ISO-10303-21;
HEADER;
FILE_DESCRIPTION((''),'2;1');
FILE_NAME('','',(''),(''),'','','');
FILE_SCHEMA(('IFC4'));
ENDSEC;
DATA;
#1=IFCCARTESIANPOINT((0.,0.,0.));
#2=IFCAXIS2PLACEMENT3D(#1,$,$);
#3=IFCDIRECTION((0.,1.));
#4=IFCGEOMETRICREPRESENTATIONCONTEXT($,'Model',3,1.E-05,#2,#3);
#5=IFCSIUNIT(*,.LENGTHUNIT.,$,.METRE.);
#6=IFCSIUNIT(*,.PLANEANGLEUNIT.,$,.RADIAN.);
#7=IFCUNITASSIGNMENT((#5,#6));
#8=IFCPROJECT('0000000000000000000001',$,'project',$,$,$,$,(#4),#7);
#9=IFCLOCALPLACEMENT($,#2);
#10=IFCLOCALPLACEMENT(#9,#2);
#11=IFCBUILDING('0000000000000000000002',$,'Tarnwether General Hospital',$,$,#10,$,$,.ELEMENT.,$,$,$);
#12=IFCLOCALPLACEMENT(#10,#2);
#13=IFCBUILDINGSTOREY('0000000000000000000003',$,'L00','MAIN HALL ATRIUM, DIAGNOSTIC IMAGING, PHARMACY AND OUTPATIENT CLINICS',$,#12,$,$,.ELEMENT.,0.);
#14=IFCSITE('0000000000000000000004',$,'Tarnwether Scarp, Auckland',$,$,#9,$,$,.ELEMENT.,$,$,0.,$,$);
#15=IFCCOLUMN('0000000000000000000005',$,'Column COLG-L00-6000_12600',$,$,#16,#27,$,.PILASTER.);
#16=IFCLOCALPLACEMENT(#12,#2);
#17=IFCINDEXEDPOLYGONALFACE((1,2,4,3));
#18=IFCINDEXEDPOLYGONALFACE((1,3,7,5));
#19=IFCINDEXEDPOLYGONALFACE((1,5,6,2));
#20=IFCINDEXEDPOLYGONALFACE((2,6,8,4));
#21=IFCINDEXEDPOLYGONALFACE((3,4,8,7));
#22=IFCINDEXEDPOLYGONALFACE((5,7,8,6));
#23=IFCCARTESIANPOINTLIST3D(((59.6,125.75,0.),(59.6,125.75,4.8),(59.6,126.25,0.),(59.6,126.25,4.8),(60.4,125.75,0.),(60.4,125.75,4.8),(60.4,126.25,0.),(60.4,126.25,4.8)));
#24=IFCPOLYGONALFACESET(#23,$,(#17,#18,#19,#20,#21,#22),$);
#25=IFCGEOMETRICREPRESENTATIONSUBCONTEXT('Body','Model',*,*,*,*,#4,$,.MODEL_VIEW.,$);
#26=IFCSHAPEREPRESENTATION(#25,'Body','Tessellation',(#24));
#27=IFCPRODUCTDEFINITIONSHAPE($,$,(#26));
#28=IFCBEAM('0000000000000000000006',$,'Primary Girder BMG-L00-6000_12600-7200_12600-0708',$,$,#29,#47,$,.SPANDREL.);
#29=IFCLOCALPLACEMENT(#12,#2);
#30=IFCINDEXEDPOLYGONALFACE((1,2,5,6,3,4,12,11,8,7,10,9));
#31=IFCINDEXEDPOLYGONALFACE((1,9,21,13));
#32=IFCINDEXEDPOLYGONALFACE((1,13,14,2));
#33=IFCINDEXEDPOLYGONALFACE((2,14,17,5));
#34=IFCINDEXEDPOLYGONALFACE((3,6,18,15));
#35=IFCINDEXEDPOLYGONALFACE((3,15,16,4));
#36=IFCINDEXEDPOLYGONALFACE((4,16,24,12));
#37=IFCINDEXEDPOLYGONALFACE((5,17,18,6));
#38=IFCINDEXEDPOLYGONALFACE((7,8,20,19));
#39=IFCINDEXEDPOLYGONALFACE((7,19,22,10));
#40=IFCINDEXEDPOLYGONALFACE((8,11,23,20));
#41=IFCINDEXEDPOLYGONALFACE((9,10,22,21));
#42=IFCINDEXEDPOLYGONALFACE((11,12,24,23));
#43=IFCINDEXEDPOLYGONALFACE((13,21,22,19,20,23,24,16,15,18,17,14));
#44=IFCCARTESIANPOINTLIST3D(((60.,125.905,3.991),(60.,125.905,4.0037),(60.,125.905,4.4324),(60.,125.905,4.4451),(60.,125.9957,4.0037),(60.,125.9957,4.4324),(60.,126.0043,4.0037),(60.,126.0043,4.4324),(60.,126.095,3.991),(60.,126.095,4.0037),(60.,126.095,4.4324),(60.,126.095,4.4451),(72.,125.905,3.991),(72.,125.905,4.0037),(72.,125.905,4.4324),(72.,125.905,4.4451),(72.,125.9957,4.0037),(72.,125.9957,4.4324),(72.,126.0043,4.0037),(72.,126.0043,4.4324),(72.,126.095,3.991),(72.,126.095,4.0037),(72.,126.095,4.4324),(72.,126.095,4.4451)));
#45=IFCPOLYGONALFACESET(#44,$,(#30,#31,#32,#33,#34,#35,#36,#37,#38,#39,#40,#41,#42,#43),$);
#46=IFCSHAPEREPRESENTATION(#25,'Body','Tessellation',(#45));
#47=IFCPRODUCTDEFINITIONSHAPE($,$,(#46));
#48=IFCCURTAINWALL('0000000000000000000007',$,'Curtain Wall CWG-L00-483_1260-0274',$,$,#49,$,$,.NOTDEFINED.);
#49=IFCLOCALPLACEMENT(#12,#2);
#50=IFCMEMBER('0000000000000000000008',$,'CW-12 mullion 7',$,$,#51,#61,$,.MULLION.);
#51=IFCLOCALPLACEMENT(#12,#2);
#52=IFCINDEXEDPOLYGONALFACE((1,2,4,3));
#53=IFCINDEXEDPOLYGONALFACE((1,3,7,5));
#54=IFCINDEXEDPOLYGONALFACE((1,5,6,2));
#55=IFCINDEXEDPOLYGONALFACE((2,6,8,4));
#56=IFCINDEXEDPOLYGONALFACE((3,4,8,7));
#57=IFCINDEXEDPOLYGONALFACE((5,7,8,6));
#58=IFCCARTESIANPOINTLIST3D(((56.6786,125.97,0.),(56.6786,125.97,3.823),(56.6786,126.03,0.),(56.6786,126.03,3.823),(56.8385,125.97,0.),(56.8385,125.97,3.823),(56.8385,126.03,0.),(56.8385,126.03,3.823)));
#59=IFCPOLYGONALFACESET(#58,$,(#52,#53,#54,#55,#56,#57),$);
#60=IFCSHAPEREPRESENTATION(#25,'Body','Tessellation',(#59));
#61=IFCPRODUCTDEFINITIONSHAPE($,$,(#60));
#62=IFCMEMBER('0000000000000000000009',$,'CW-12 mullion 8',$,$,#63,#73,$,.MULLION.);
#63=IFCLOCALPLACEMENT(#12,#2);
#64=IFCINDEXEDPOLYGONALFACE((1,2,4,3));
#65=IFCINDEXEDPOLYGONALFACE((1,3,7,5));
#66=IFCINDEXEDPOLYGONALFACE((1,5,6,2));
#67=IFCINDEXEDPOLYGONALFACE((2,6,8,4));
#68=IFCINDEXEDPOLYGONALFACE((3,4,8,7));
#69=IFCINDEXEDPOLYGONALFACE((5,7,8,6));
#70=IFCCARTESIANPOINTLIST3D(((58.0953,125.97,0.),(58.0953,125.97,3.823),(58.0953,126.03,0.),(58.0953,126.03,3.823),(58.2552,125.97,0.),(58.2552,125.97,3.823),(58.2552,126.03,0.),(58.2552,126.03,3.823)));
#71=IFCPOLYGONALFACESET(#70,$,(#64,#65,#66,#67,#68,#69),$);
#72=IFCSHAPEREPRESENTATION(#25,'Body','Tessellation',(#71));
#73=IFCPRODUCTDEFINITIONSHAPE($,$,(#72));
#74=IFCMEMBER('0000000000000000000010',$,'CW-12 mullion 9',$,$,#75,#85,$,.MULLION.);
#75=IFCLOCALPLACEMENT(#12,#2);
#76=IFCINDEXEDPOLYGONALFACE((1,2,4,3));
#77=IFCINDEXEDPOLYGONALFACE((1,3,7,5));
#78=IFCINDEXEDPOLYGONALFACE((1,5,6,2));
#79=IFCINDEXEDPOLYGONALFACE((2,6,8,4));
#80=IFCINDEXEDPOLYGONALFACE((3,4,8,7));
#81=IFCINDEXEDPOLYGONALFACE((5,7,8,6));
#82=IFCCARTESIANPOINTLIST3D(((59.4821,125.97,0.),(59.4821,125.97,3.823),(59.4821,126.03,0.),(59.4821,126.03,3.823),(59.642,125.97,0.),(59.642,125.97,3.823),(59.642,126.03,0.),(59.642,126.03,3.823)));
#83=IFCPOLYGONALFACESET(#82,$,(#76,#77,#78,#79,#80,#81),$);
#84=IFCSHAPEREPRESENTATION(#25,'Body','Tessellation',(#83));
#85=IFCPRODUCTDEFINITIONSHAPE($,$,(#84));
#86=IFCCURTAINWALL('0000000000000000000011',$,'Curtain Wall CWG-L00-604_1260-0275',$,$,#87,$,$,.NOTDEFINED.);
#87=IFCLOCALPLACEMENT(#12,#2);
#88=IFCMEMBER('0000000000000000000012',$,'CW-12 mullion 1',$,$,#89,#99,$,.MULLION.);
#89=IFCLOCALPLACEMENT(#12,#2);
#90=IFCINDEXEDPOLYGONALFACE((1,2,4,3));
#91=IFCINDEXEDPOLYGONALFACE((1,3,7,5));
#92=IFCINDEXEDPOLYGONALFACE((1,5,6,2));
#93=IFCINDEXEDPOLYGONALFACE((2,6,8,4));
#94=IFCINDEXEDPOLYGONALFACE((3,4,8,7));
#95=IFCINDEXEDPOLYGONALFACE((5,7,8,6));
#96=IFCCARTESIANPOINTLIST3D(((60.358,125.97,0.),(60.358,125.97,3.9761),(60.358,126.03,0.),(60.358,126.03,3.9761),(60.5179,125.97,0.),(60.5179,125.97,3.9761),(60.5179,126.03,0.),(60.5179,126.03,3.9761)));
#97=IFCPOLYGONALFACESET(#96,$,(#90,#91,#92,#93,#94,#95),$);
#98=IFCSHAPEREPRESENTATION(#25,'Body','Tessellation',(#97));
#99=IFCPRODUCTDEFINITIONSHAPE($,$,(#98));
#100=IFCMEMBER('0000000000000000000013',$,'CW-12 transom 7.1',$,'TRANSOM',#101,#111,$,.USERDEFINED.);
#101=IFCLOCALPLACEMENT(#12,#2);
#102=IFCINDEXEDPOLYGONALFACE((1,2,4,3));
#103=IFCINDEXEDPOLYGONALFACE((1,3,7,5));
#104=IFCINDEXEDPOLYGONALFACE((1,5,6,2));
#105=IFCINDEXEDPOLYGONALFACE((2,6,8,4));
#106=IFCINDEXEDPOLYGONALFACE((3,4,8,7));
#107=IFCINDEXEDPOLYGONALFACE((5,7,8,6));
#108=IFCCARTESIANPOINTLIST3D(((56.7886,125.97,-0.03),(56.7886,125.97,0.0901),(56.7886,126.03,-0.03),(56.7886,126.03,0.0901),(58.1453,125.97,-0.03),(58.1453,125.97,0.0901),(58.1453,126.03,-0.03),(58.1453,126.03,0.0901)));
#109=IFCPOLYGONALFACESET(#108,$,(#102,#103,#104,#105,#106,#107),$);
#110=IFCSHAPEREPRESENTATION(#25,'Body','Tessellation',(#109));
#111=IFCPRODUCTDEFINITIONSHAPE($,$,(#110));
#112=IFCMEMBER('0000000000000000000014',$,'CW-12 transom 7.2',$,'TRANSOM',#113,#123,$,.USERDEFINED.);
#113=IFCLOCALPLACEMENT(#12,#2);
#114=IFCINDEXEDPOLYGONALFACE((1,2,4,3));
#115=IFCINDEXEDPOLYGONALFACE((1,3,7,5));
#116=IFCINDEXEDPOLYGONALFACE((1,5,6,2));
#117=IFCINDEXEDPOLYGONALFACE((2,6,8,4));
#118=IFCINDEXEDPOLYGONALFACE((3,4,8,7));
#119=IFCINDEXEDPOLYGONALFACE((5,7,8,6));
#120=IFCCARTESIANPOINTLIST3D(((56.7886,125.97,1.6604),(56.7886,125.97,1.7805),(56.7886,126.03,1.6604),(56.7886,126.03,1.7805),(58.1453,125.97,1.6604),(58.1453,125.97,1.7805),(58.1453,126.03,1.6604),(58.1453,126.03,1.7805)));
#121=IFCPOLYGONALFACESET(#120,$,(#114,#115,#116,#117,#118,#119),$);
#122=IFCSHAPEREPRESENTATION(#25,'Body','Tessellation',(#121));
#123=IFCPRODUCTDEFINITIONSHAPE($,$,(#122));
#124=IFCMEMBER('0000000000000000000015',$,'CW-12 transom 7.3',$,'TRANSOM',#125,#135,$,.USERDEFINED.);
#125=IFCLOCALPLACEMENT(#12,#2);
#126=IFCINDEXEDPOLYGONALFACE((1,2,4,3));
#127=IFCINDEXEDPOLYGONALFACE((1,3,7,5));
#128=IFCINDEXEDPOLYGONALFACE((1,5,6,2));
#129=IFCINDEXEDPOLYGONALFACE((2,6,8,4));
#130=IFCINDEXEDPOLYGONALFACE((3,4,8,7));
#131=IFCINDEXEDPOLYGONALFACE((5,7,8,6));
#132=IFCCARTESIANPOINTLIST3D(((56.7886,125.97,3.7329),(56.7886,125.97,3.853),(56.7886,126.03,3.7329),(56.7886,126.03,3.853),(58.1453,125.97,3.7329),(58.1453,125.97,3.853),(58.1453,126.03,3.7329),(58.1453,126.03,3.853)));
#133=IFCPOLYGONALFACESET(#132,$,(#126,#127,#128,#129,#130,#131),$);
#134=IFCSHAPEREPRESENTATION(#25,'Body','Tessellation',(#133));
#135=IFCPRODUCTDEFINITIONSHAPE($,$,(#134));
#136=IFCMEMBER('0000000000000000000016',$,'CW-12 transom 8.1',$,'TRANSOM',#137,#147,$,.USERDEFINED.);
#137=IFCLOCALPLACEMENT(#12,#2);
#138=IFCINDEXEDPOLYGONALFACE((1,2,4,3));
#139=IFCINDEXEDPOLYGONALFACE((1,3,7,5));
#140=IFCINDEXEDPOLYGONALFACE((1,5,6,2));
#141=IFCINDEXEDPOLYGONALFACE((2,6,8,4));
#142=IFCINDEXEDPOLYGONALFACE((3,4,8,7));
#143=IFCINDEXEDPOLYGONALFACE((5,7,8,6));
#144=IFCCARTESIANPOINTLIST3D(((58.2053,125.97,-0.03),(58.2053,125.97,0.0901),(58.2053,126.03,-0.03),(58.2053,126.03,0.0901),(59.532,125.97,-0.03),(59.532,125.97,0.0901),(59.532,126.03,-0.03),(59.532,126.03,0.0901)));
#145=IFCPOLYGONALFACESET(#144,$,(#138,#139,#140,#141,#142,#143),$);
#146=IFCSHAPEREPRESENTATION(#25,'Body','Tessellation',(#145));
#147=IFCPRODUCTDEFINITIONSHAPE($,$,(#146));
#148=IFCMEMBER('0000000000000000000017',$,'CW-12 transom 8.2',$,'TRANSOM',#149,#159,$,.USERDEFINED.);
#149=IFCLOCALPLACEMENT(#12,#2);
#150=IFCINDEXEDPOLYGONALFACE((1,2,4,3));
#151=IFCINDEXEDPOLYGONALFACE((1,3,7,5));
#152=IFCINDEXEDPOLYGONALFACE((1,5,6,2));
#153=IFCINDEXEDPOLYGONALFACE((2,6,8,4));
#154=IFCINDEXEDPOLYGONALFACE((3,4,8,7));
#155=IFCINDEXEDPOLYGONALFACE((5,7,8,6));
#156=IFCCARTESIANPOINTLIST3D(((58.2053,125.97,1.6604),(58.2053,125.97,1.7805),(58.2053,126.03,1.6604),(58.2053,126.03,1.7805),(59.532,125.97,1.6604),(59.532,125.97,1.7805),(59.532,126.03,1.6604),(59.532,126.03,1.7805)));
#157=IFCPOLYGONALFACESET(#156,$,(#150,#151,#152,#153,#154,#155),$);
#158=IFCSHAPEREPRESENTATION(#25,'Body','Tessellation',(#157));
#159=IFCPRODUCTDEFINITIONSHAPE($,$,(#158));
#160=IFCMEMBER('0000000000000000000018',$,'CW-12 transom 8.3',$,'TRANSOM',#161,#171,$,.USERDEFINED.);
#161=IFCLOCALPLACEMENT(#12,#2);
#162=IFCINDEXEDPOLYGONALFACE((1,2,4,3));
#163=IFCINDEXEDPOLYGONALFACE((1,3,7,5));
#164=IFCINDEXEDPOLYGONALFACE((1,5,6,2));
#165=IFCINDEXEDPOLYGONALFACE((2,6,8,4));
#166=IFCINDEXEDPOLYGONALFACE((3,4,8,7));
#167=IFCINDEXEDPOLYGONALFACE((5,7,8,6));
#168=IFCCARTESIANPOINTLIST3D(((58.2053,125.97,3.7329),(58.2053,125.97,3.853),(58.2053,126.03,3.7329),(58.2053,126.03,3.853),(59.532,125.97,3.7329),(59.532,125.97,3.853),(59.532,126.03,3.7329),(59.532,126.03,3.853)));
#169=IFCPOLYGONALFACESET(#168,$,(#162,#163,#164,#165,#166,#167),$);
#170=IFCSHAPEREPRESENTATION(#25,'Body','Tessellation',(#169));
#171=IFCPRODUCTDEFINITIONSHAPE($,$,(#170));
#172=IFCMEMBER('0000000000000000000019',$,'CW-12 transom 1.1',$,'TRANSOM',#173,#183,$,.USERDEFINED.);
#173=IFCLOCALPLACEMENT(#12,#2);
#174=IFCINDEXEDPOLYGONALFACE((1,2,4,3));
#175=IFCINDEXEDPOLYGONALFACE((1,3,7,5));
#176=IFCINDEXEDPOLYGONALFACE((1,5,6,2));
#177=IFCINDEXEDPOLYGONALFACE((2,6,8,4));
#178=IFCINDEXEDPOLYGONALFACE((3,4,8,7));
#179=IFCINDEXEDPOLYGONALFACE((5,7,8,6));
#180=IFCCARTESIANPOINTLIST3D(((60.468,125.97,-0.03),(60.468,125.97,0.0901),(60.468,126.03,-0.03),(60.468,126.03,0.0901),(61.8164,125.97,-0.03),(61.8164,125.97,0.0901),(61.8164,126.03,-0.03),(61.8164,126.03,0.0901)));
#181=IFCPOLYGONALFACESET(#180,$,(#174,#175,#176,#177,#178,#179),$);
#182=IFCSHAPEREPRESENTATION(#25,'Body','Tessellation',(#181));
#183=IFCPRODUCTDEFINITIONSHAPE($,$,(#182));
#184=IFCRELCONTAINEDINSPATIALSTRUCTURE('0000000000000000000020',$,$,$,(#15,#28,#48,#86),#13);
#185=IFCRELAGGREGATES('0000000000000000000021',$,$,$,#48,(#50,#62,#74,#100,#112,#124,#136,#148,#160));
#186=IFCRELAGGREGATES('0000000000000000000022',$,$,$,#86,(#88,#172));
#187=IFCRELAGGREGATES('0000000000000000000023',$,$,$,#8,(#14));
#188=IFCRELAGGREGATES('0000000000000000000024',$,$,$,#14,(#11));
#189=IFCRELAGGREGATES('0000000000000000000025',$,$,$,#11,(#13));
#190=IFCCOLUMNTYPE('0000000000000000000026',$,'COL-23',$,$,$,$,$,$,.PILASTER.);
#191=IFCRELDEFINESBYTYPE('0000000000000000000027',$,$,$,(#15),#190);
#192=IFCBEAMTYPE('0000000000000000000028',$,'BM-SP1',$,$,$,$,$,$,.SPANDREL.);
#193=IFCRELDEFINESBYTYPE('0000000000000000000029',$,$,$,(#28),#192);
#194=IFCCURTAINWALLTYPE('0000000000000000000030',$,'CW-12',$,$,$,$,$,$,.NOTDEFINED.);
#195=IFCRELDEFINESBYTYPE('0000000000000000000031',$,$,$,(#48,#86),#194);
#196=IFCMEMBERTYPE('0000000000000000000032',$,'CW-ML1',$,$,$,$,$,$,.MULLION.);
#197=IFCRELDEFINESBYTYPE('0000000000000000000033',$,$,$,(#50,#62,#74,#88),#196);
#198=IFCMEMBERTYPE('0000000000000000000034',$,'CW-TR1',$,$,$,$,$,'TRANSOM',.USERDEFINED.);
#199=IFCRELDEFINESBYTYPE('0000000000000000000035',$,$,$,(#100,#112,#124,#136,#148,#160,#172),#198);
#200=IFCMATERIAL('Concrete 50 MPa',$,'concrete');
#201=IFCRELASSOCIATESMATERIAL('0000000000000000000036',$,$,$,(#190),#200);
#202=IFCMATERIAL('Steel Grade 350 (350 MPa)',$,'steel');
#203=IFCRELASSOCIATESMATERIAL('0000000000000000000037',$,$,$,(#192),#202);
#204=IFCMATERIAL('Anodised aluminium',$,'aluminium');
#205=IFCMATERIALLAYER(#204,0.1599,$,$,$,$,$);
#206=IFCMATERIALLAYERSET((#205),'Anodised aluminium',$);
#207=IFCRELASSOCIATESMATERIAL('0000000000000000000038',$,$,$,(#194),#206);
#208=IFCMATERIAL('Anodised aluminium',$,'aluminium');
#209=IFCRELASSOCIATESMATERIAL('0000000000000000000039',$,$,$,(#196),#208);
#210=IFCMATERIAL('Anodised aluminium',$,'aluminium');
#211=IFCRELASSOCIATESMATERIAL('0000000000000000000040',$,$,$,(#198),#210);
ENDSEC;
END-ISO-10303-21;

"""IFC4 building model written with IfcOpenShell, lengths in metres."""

from ifc_helpers import new_model, si_unit, direction, frame, origin, origin_2d, place, context, subcontext, project, spatial, rectangle, i_section, extrude, material, layer, layer_set, material_profile, profile_set, type_object, element, aggregate, save


model = new_model("IFC4")

# Units and contexts
model_context = context("Model", 3, precision=1e-05, world=origin(), true_north=direction((0.0, 1.0)))
body_context = subcontext(model_context, "Body", "Model", "MODEL_VIEW")
ifc_project = project(units=[si_unit("LENGTHUNIT", "METRE"), si_unit("PLANEANGLEUNIT", "RADIAN")], contexts=[model_context])

# Site, building, storey
site_placement = place(None, origin())
site = spatial("IfcSite", under=ifc_project, at=site_placement, Name="Tarnwether Scarp, Auckland", CompositionType="ELEMENT", RefElevation=0.0)
building_placement = place(site_placement, origin())
building = spatial("IfcBuilding", under=site, at=building_placement, Name="Tarnwether General Hospital", CompositionType="ELEMENT")
storey_placement = place(building_placement, origin())
storey = spatial("IfcBuildingStorey", under=building, at=storey_placement, Name="L00", Description="MAIN HALL ATRIUM, DIAGNOSTIC IMAGING, PHARMACY AND OUTPATIENT CLINICS", CompositionType="ELEMENT", Elevation=0.0)

# Column
ifc_material_1 = material(Name="Concrete 50 MPa", Category="concrete")
ifc_material_profile_1 = material_profile(ifc_material_1, rectangle(XDim=0.5, YDim=0.8, at=origin_2d()), Name="RC-PIL-500x800")
ifc_profile_set_1 = profile_set([ifc_material_profile_1], Name="Concrete 50 MPa")
column_type = type_object("IfcColumnType", Name="COL-23", PredefinedType="PILASTER", material=ifc_profile_set_1)
column_placement = place(storey_placement, frame((60.0, 126.0, 0.0), z_axis=(0.0, 0.0, 1.0), x_axis=(0.0, 1.0, 0.0)))
element("IfcColumn", 1, at=column_placement, inside=storey, type_object=column_type, Name="Column COLG-L00-6000_12600", PredefinedType="PILASTER", context=body_context, shape_type="SweptSolid", body=[
    extrude(rectangle(XDim=0.5, YDim=0.8, at=origin_2d()), origin(), (0.0, 0.0, 1.0), 4.8),
])

# Beam
ifc_material_2 = material(Name="Steel Grade 350 (350 MPa)", Category="steel")
ifc_material_profile_2 = material_profile(ifc_material_2, i_section(OverallWidth=0.1899, OverallDepth=0.4541, WebThickness=0.0085, FlangeThickness=0.0127, at=origin_2d()), Name="460UB67.1")
ifc_profile_set_2 = profile_set([ifc_material_profile_2], Name="Steel Grade 350 (350 MPa)")
beam_type = type_object("IfcBeamType", Name="BM-SP1", PredefinedType="SPANDREL", material=ifc_profile_set_2)
beam_placement = place(storey_placement, frame((60.0, 126.0, 4.218), z_axis=(1.0, 0.0, 0.0), x_axis=(0.0, 1.0, 0.0)))
element("IfcBeam", 2, at=beam_placement, inside=storey, type_object=beam_type, Name="Primary Girder BMG-L00-6000_12600-7200_12600-0708", PredefinedType="SPANDREL", context=body_context, shape_type="SweptSolid", body=[
    extrude(i_section(OverallWidth=0.1899, OverallDepth=0.4541, WebThickness=0.0085, FlangeThickness=0.0127, at=origin_2d()), origin(), (0.0, 0.0, 1.0), 12.0),
])

# Curtain wall, members
ifc_material_3 = material(Name="Anodised aluminium", Category="aluminium")
ifc_layer_1 = layer(ifc_material_3, 0.1599)
ifc_layer_set_1 = layer_set([ifc_layer_1], Name="Anodised aluminium")
curtain_wall_type = type_object("IfcCurtainWallType", Name="CW-12", PredefinedType="NOTDEFINED", material=ifc_layer_set_1)
curtain_wall_1_placement = place(storey_placement, origin())
curtain_wall_1 = element("IfcCurtainWall", 3, at=curtain_wall_1_placement, inside=storey, type_object=curtain_wall_type, Name="Curtain Wall CWG-L00-483_1260-0274", PredefinedType="NOTDEFINED")
ifc_material_4 = material(Name="Anodised aluminium", Category="aluminium")
ifc_material_profile_3 = material_profile(ifc_material_4, rectangle(XDim=0.0601, YDim=0.1599, at=origin_2d()), Name="ALU-MUL-60x160")
ifc_profile_set_3 = profile_set([ifc_material_profile_3], Name="Anodised aluminium")
member_type_1 = type_object("IfcMemberType", Name="CW-ML1", PredefinedType="MULLION", material=ifc_profile_set_3)
member_1_placement = place(storey_placement, frame((56.7585, 126.0, 0.0), z_axis=(0.0, 0.0, 1.0), x_axis=(0.0, 1.0, 0.0)))
member_1 = element("IfcMember", 4, at=member_1_placement, type_object=member_type_1, Name="CW-12 mullion 7", PredefinedType="MULLION", context=body_context, shape_type="SweptSolid", body=[
    extrude(rectangle(XDim=0.0601, YDim=0.1599, at=origin_2d()), origin(), (0.0, 0.0, 1.0), 3.823),
])
member_2_placement = place(storey_placement, frame((58.1753, 126.0, 0.0), z_axis=(0.0, 0.0, 1.0), x_axis=(0.0, 1.0, 0.0)))
member_2 = element("IfcMember", 5, at=member_2_placement, type_object=member_type_1, Name="CW-12 mullion 8", PredefinedType="MULLION", context=body_context, shape_type="SweptSolid", body=[
    extrude(rectangle(XDim=0.0601, YDim=0.1599, at=origin_2d()), origin(), (0.0, 0.0, 1.0), 3.823),
])
member_3_placement = place(storey_placement, frame((59.562, 126.0, 0.0), z_axis=(0.0, 0.0, 1.0), x_axis=(0.0, 1.0, 0.0)))
member_3 = element("IfcMember", 6, at=member_3_placement, type_object=member_type_1, Name="CW-12 mullion 9", PredefinedType="MULLION", context=body_context, shape_type="SweptSolid", body=[
    extrude(rectangle(XDim=0.0601, YDim=0.1599, at=origin_2d()), origin(), (0.0, 0.0, 1.0), 3.823),
])

# Curtain wall, member
curtain_wall_2_placement = place(storey_placement, origin())
curtain_wall_2 = element("IfcCurtainWall", 7, at=curtain_wall_2_placement, inside=storey, type_object=curtain_wall_type, Name="Curtain Wall CWG-L00-604_1260-0275", PredefinedType="NOTDEFINED")
member_4_placement = place(storey_placement, frame((60.438, 126.0, 0.0), z_axis=(0.0, 0.0, 1.0), x_axis=(0.0, 1.0, 0.0)))
member_4 = element("IfcMember", 8, at=member_4_placement, type_object=member_type_1, Name="CW-12 mullion 1", PredefinedType="MULLION", context=body_context, shape_type="SweptSolid", body=[
    extrude(rectangle(XDim=0.0601, YDim=0.1599, at=origin_2d()), origin(), (0.0, 0.0, 1.0), 3.9761),
])

# Members
ifc_material_5 = material(Name="Anodised aluminium", Category="aluminium")
ifc_material_profile_4 = material_profile(ifc_material_5, rectangle(XDim=0.0601, YDim=0.1201, at=origin_2d()), Name="ALU-TRN-60x120")
ifc_profile_set_4 = profile_set([ifc_material_profile_4], Name="Anodised aluminium")
member_type_2 = type_object("IfcMemberType", Name="CW-TR1", ElementType="TRANSOM", PredefinedType="USERDEFINED", material=ifc_profile_set_4)
member_5_placement = place(storey_placement, frame((56.7886, 126.0, 0.03), z_axis=(1.0, 0.0, 0.0), x_axis=(0.0, 1.0, 0.0)))
member_5 = element("IfcMember", 9, at=member_5_placement, type_object=member_type_2, Name="CW-12 transom 7.1", ObjectType="TRANSOM", PredefinedType="USERDEFINED", context=body_context, shape_type="SweptSolid", body=[
    extrude(rectangle(XDim=0.0601, YDim=0.1201, at=origin_2d()), origin(), (0.0, 0.0, 1.0), 1.3567),
])
member_6_placement = place(storey_placement, frame((56.7886, 126.0, 1.7205), z_axis=(1.0, 0.0, 0.0), x_axis=(0.0, 1.0, 0.0)))
member_6 = element("IfcMember", 10, at=member_6_placement, type_object=member_type_2, Name="CW-12 transom 7.2", ObjectType="TRANSOM", PredefinedType="USERDEFINED", context=body_context, shape_type="SweptSolid", body=[
    extrude(rectangle(XDim=0.0601, YDim=0.1201, at=origin_2d()), origin(), (0.0, 0.0, 1.0), 1.3567),
])
member_7_placement = place(storey_placement, frame((56.7886, 126.0, 3.793), z_axis=(1.0, 0.0, 0.0), x_axis=(0.0, 1.0, 0.0)))
member_7 = element("IfcMember", 11, at=member_7_placement, type_object=member_type_2, Name="CW-12 transom 7.3", ObjectType="TRANSOM", PredefinedType="USERDEFINED", context=body_context, shape_type="SweptSolid", body=[
    extrude(rectangle(XDim=0.0601, YDim=0.1201, at=origin_2d()), origin(), (0.0, 0.0, 1.0), 1.3567),
])
member_8_placement = place(storey_placement, frame((58.2053, 126.0, 0.03), z_axis=(1.0, 0.0, 0.0), x_axis=(0.0, 1.0, 0.0)))
member_8 = element("IfcMember", 12, at=member_8_placement, type_object=member_type_2, Name="CW-12 transom 8.1", ObjectType="TRANSOM", PredefinedType="USERDEFINED", context=body_context, shape_type="SweptSolid", body=[
    extrude(rectangle(XDim=0.0601, YDim=0.1201, at=origin_2d()), origin(), (0.0, 0.0, 1.0), 1.3267),
])
member_9_placement = place(storey_placement, frame((58.2053, 126.0, 1.7205), z_axis=(1.0, 0.0, 0.0), x_axis=(0.0, 1.0, 0.0)))
member_9 = element("IfcMember", 13, at=member_9_placement, type_object=member_type_2, Name="CW-12 transom 8.2", ObjectType="TRANSOM", PredefinedType="USERDEFINED", context=body_context, shape_type="SweptSolid", body=[
    extrude(rectangle(XDim=0.0601, YDim=0.1201, at=origin_2d()), origin(), (0.0, 0.0, 1.0), 1.3267),
])
member_10_placement = place(storey_placement, frame((58.2053, 126.0, 3.793), z_axis=(1.0, 0.0, 0.0), x_axis=(0.0, 1.0, 0.0)))
member_10 = element("IfcMember", 14, at=member_10_placement, type_object=member_type_2, Name="CW-12 transom 8.3", ObjectType="TRANSOM", PredefinedType="USERDEFINED", context=body_context, shape_type="SweptSolid", body=[
    extrude(rectangle(XDim=0.0601, YDim=0.1201, at=origin_2d()), origin(), (0.0, 0.0, 1.0), 1.3267),
])
member_11_placement = place(storey_placement, frame((60.468, 126.0, 0.03), z_axis=(1.0, 0.0, 0.0), x_axis=(0.0, 1.0, 0.0)))
member_11 = element("IfcMember", 15, at=member_11_placement, type_object=member_type_2, Name="CW-12 transom 1.1", ObjectType="TRANSOM", PredefinedType="USERDEFINED", context=body_context, shape_type="SweptSolid", body=[
    extrude(rectangle(XDim=0.0601, YDim=0.1201, at=origin_2d()), origin(), (0.0, 0.0, 1.0), 1.3484),
])

aggregate(curtain_wall_1, [member_1, member_2, member_3, member_5, member_6, member_7, member_8, member_9, member_10])
aggregate(curtain_wall_2, [member_4, member_11])

save(model, "model.ifc")
